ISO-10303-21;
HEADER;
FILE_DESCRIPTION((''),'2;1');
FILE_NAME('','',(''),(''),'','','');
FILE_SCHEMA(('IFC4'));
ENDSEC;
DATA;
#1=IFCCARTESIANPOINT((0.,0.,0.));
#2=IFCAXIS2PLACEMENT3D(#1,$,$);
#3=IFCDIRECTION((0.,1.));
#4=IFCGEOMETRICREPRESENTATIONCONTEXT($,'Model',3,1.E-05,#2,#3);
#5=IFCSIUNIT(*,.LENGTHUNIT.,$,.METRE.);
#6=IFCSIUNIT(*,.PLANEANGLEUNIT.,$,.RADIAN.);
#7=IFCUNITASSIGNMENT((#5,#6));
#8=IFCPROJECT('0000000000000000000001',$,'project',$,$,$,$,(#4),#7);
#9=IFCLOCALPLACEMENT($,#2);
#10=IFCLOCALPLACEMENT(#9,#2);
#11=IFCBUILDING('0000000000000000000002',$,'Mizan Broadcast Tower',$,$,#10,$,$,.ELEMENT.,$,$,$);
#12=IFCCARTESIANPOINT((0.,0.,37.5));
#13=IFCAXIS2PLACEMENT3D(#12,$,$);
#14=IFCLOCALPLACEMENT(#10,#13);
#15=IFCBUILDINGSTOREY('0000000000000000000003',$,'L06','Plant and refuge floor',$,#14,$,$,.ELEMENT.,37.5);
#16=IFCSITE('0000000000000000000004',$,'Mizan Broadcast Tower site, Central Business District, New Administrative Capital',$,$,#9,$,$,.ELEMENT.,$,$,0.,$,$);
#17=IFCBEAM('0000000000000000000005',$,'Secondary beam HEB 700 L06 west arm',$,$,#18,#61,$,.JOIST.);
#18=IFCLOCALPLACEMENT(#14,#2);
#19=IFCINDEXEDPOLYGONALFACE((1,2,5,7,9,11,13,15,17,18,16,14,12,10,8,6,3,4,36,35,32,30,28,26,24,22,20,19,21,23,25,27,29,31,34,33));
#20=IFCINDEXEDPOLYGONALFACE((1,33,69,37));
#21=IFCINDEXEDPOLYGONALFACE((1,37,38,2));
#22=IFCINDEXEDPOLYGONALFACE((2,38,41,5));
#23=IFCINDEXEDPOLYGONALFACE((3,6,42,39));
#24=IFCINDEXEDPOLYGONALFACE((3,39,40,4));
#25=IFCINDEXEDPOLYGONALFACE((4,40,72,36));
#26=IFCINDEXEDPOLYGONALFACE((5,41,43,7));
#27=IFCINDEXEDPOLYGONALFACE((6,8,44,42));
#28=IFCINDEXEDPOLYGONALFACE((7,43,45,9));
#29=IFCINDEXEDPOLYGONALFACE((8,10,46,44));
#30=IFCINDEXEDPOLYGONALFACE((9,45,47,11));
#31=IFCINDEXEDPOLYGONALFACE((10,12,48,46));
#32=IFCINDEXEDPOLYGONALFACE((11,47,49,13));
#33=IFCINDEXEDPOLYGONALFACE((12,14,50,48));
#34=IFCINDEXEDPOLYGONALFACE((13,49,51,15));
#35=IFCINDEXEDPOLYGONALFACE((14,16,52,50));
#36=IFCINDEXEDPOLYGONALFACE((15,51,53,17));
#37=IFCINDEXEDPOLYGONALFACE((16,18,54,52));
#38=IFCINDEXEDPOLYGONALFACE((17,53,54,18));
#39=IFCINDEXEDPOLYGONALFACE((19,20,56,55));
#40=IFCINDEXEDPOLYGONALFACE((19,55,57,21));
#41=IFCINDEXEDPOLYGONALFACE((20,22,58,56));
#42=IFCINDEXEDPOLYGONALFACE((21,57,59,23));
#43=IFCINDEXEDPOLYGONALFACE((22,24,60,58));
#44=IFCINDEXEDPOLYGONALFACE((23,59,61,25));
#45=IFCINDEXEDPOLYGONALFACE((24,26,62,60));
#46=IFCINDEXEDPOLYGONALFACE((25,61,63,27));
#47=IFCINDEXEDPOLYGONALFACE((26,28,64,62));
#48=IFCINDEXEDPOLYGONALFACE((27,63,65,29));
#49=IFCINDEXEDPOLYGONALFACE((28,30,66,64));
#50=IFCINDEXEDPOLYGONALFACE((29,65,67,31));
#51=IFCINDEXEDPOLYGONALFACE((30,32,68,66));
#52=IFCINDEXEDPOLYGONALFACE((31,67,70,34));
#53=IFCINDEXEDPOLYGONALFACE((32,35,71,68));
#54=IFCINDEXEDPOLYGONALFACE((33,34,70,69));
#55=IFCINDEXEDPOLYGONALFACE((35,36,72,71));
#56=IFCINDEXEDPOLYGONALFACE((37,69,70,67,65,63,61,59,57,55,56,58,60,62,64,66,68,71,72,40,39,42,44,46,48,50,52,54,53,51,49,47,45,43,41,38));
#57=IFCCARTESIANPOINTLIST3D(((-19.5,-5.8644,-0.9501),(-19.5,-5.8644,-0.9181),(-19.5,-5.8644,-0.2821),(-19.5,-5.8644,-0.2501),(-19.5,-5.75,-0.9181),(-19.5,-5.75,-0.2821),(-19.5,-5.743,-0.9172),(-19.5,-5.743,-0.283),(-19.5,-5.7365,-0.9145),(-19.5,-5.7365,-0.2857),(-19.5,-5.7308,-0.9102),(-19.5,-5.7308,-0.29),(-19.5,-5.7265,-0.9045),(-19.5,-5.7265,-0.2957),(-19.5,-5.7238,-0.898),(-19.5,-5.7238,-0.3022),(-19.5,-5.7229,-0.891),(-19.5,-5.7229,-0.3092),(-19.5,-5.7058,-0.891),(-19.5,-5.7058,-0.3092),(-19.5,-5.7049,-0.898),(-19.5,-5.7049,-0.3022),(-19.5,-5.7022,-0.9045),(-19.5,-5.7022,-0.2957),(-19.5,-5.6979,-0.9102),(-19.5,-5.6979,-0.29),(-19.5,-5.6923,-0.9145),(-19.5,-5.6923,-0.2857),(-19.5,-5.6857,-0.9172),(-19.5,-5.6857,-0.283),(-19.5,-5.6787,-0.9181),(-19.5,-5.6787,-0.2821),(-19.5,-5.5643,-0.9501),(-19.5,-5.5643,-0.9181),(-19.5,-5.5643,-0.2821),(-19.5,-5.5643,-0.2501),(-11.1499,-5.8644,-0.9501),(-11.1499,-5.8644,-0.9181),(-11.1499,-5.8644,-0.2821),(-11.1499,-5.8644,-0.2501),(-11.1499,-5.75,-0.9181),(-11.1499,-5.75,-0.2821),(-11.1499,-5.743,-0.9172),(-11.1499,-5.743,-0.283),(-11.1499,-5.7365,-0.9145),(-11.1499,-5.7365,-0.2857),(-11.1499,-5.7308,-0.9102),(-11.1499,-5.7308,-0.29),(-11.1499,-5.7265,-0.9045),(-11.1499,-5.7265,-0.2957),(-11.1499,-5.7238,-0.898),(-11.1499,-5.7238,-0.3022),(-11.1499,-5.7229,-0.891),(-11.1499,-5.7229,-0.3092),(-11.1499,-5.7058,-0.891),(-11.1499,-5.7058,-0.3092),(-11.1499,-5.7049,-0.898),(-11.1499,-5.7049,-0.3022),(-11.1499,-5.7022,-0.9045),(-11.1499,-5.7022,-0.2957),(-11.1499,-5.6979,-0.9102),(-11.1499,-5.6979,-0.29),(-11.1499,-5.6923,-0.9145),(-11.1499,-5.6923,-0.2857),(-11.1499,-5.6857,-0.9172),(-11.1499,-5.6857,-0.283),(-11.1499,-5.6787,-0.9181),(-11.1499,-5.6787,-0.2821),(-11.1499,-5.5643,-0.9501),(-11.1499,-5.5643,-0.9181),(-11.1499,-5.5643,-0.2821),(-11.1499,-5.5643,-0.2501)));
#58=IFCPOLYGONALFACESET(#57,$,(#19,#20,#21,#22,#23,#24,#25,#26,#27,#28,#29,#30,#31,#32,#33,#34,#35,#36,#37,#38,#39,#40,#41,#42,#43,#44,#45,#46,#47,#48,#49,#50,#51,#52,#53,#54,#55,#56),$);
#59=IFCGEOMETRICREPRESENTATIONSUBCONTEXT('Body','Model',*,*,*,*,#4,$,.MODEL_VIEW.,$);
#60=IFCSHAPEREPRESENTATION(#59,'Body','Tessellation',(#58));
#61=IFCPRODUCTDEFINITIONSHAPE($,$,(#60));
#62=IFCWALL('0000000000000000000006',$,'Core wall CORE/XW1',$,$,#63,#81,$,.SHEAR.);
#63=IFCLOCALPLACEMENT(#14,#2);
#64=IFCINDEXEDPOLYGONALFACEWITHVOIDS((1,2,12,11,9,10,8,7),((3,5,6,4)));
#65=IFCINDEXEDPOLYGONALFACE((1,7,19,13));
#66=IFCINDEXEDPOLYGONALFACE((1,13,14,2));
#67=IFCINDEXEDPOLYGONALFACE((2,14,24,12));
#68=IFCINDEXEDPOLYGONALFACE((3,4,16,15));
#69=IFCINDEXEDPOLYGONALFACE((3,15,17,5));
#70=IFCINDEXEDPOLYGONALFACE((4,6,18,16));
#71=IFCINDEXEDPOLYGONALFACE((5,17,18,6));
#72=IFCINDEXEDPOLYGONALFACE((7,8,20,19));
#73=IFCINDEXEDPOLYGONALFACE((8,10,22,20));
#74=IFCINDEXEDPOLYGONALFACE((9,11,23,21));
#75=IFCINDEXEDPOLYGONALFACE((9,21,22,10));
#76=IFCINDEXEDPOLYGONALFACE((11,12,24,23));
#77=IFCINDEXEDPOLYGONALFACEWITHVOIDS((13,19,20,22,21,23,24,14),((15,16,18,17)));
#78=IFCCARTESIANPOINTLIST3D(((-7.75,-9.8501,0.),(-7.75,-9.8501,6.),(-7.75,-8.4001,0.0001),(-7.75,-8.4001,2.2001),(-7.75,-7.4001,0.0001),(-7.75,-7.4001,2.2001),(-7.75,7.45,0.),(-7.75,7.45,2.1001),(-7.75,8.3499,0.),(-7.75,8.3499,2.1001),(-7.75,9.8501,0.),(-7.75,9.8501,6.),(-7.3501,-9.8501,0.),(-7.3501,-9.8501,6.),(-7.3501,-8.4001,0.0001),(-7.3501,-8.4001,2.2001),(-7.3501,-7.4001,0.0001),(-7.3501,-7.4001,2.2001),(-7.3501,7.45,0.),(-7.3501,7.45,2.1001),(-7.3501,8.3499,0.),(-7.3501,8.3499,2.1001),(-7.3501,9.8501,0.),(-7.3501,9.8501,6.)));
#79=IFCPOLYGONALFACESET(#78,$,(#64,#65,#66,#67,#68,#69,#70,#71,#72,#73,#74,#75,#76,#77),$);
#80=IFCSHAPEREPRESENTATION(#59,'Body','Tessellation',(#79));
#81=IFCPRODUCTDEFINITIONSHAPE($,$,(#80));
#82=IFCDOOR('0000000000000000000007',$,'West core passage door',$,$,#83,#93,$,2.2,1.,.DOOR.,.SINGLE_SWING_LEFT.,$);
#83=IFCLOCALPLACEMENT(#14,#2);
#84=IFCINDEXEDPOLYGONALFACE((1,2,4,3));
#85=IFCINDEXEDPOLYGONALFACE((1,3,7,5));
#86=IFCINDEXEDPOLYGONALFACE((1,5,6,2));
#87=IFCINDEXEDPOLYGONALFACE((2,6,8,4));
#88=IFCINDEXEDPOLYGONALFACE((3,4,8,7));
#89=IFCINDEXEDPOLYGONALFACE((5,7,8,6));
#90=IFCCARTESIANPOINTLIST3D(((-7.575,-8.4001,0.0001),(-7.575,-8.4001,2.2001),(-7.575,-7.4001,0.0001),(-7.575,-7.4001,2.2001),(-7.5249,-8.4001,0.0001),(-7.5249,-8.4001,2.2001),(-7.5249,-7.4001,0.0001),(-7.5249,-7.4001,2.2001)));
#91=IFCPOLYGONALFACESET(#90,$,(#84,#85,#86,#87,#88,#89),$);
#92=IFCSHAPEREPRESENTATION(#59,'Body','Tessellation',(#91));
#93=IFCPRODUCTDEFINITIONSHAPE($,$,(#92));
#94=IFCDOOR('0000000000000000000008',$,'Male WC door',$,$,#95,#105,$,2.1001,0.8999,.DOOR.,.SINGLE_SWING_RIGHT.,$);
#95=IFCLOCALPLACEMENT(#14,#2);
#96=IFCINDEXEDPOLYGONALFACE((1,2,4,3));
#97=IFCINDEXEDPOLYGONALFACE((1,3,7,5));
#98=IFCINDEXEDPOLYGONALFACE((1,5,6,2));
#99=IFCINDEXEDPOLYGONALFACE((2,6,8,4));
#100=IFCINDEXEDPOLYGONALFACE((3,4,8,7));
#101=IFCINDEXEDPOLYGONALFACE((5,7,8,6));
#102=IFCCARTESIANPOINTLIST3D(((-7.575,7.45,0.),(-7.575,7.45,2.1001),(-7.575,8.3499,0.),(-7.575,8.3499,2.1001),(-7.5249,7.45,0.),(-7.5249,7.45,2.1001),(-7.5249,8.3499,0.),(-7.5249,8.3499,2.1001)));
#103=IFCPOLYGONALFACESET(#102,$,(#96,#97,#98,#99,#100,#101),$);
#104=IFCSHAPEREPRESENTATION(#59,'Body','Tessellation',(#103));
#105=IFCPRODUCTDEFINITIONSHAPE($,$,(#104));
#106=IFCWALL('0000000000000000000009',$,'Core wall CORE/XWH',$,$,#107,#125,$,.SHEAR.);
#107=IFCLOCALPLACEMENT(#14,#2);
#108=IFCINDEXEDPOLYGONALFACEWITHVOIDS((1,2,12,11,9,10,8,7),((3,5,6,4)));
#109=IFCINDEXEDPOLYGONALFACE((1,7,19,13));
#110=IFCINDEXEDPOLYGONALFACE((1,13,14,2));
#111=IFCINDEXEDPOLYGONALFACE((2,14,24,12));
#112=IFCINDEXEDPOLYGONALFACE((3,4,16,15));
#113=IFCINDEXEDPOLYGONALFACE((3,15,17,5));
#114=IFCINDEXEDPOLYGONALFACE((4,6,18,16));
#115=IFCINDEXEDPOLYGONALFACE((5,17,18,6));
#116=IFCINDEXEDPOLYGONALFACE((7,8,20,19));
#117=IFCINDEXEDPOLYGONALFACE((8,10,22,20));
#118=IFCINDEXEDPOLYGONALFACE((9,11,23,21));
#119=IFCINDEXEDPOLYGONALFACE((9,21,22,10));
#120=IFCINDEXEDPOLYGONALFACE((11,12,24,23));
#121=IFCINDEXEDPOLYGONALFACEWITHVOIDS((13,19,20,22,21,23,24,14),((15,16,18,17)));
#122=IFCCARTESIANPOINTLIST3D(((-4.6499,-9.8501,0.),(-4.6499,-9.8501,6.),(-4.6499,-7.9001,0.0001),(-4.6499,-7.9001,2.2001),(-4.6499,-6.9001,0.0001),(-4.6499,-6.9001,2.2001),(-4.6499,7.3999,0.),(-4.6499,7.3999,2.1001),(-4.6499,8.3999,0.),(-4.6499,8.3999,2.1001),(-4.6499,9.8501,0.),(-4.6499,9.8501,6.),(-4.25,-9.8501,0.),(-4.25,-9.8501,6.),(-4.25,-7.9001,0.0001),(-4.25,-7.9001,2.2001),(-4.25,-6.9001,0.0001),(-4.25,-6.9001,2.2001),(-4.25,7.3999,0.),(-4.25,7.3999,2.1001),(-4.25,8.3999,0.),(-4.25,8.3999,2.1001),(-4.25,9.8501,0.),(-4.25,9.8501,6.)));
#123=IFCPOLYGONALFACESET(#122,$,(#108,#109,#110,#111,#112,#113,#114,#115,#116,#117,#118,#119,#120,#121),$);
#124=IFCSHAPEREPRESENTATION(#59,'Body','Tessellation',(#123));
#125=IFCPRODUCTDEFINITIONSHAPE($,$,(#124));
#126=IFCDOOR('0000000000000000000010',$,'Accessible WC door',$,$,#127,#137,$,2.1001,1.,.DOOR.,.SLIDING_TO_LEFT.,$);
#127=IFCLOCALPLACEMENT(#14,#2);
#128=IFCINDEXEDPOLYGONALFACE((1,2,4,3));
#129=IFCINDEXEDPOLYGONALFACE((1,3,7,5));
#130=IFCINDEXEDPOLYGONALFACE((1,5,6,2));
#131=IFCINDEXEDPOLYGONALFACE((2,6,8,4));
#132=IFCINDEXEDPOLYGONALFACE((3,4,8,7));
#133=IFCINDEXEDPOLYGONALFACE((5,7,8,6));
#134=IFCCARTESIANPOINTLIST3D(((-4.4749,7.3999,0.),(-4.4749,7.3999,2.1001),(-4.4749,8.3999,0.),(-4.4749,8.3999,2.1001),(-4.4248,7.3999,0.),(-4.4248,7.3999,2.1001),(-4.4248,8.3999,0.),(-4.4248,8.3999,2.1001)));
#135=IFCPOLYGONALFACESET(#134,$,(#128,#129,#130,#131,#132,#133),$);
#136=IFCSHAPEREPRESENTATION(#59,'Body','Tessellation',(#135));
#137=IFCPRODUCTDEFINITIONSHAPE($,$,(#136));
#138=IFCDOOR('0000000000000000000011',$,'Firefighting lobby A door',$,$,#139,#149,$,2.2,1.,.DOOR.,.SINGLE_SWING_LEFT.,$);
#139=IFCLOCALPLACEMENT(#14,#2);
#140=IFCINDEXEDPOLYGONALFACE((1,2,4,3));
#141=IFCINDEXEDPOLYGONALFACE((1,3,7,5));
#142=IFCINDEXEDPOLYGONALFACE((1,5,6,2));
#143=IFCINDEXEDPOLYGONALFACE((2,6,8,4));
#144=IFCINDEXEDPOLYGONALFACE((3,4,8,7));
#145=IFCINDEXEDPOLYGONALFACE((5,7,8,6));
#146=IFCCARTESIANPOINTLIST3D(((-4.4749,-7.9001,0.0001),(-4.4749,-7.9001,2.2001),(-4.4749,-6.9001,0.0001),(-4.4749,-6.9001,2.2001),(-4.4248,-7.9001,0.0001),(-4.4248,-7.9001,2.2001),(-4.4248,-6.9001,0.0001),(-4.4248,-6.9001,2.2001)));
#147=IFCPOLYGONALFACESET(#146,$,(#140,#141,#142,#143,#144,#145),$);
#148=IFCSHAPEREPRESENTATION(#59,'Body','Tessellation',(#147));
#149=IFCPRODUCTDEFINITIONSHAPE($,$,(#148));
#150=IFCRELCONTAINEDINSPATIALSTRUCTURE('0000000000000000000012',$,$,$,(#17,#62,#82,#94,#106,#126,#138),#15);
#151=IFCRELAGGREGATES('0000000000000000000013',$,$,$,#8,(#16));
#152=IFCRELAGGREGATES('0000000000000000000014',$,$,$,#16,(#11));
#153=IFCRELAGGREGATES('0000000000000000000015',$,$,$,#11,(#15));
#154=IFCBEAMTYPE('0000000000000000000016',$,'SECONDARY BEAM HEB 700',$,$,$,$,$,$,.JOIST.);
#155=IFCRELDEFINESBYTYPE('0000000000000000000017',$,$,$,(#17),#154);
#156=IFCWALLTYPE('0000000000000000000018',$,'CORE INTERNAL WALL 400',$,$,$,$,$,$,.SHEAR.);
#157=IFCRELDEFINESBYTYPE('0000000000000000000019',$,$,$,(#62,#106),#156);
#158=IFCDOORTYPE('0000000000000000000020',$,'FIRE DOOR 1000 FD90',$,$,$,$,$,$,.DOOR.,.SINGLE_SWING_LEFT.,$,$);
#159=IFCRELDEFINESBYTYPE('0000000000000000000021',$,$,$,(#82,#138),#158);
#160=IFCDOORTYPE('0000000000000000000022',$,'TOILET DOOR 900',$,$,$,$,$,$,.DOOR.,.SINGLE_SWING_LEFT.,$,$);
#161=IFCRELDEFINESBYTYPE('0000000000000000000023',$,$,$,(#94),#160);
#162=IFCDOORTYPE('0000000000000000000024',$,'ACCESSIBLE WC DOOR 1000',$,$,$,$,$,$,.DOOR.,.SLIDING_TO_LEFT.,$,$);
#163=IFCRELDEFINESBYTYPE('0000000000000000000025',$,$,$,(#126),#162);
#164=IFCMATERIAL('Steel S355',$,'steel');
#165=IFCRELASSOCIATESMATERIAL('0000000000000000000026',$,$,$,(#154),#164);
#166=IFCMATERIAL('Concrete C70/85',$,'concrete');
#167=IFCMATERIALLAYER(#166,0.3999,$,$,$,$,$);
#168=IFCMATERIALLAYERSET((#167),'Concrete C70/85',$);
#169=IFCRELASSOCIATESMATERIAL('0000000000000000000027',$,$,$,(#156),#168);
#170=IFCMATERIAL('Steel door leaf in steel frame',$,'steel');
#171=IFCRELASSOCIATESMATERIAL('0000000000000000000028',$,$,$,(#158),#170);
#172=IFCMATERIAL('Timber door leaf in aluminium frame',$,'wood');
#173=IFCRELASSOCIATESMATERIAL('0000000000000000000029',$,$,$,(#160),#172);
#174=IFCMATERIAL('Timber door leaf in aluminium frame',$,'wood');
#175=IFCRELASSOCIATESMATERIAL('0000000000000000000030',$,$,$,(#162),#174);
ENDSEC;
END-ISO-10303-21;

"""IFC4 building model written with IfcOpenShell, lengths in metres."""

from ifc_helpers import new_model, si_unit, direction, frame, frame_2d, origin, origin_2d, place, context, subcontext, project, spatial, rectangle, i_section, extrude, material, layer, layer_set, material_profile, profile_set, type_object, element, fill, save


model = new_model("IFC4")

# Units and contexts
model_context = context("Model", 3, precision=1e-05, world=origin(), true_north=direction((0.0, 1.0)))
body_context = subcontext(model_context, "Body", "Model", "MODEL_VIEW")
ifc_project = project(units=[si_unit("LENGTHUNIT", "METRE"), si_unit("PLANEANGLEUNIT", "RADIAN")], contexts=[model_context])

# Site, building, storey
site_placement = place(None, origin())
site = spatial("IfcSite", under=ifc_project, at=site_placement, Name="Mizan Broadcast Tower site, Central Business District, New Administrative Capital", CompositionType="ELEMENT", RefElevation=0.0)
building_placement = place(site_placement, origin())
building = spatial("IfcBuilding", under=site, at=building_placement, Name="Mizan Broadcast Tower", CompositionType="ELEMENT")
storey_placement = place(building_placement, frame((0.0, 0.0, 37.5)))
storey = spatial("IfcBuildingStorey", under=building, at=storey_placement, Name="L06", Description="Plant and refuge floor", CompositionType="ELEMENT", Elevation=37.5)

# Beam
ifc_material_1 = material(Name="Steel S355", Category="steel")
ifc_material_profile_1 = material_profile(ifc_material_1, i_section(OverallWidth=0.3, OverallDepth=0.7, WebThickness=0.0171, FlangeThickness=0.032, FilletRadius=0.0271, at=origin_2d()), Name="HEB 700")
ifc_profile_set_1 = profile_set([ifc_material_profile_1], Name="Steel S355")
beam_type_1 = type_object("IfcBeamType", Name="SECONDARY BEAM HEB 700", PredefinedType="JOIST", material=ifc_profile_set_1)
beam_placement = place(storey_placement, frame((-11.1499, -5.7144, -0.6001), z_axis=(-1.0, 0.0, 0.0), x_axis=(0.0, -1.0, 0.0)))
element("IfcBeam", 1, at=beam_placement, inside=storey, type_object=beam_type_1, Name="Secondary beam HEB 700 L06 west arm", PredefinedType="JOIST", context=body_context, shape_type="SweptSolid", body=[
    extrude(i_section(OverallWidth=0.3, OverallDepth=0.7, WebThickness=0.0171, FlangeThickness=0.032, FilletRadius=0.0271, at=origin_2d()), origin(), (0.0, 0.0, 1.0), 8.3501),
])

# Walls, openings, doors
ifc_material_2 = material(Name="Concrete C70/85", Category="concrete")
ifc_layer_1 = layer(ifc_material_2, 0.3999)
ifc_layer_set_1 = layer_set([ifc_layer_1], Name="Concrete C70/85")
wall_type_1 = type_object("IfcWallType", Name="CORE INTERNAL WALL 400", PredefinedType="SHEAR", material=ifc_layer_set_1)
wall_1_placement = place(storey_placement, frame((-7.55, -9.8501, 0.0), z_axis=(0.0, 0.0, 1.0), x_axis=(0.0, 1.0, 0.0)))
wall_1 = element("IfcWall", 2, at=wall_1_placement, inside=storey, type_object=wall_type_1, Name="Core wall CORE/XW1", PredefinedType="SHEAR", context=body_context, shape_type="SweptSolid", body=[
    extrude(rectangle(XDim=19.7002, YDim=0.3999, at=frame_2d((9.8501, 0.0))), origin(), (0.0, 0.0, 1.0), 6.0),
])
opening_1_placement = place(wall_1_placement, frame((1.45, 0.0, 0.0)))
opening_1 = element("IfcOpeningElement", 3, at=opening_1_placement, cuts=wall_1, PredefinedType="OPENING", context=body_context, shape_type="SweptSolid", body=[
    extrude(rectangle(XDim=1.0, YDim=2.2, at=frame_2d((0.5, 1.1001))), frame((0.0, 0.21, 0.0), z_axis=(0.0, -1.0, 0.0), x_axis=(1.0, 0.0, 0.0)), (0.0, 0.0, 1.0), 0.4199),
])
opening_2_placement = place(wall_1_placement, frame((17.3, 0.0, 0.0)))
opening_2 = element("IfcOpeningElement", 4, at=opening_2_placement, cuts=wall_1, PredefinedType="OPENING", context=body_context, shape_type="SweptSolid", body=[
    extrude(rectangle(XDim=0.8999, YDim=2.1001, at=frame_2d((0.45, 1.05))), frame((0.0, 0.21, 0.0), z_axis=(0.0, -1.0, 0.0), x_axis=(1.0, 0.0, 0.0)), (0.0, 0.0, 1.0), 0.4199),
])
ifc_material_3 = material(Name="Steel door leaf in steel frame", Category="steel")
door_type_1 = type_object("IfcDoorType", Name="FIRE DOOR 1000 FD90", OperationType="SINGLE_SWING_LEFT", PredefinedType="DOOR", material=ifc_material_3)
door_1_placement = place(opening_1_placement, origin())
door_1 = element("IfcDoor", 5, at=door_1_placement, inside=storey, type_object=door_type_1, Name="West core passage door", OperationType="SINGLE_SWING_LEFT", OverallHeight=2.2, OverallWidth=1.0, PredefinedType="DOOR", context=body_context, shape_type="SweptSolid", body=[
    extrude(rectangle(XDim=1.0, YDim=2.2, at=frame_2d((0.5, 1.1001))), frame((0.0, 0.0249, 0.0), z_axis=(0.0, -1.0, 0.0), x_axis=(1.0, 0.0, 0.0)), (0.0, 0.0, 1.0), 0.05),
])
fill(opening_1, door_1)
ifc_material_4 = material(Name="Timber door leaf in aluminium frame", Category="wood")
door_type_2 = type_object("IfcDoorType", Name="TOILET DOOR 900", OperationType="SINGLE_SWING_LEFT", PredefinedType="DOOR", material=ifc_material_4)
door_2_placement = place(opening_2_placement, origin())
door_2 = element("IfcDoor", 6, at=door_2_placement, inside=storey, type_object=door_type_2, Name="Male WC door", OperationType="SINGLE_SWING_RIGHT", OverallHeight=2.1001, OverallWidth=0.8999, PredefinedType="DOOR", context=body_context, shape_type="SweptSolid", body=[
    extrude(rectangle(XDim=0.8999, YDim=2.1001, at=frame_2d((0.45, 1.05))), frame((0.0, 0.0249, 0.0), z_axis=(0.0, -1.0, 0.0), x_axis=(1.0, 0.0, 0.0)), (0.0, 0.0, 1.0), 0.05),
])
fill(opening_2, door_2)
wall_2_placement = place(storey_placement, frame((-4.45, -9.8501, 0.0), z_axis=(0.0, 0.0, 1.0), x_axis=(0.0, 1.0, 0.0)))
wall_2 = element("IfcWall", 7, at=wall_2_placement, inside=storey, type_object=wall_type_1, Name="Core wall CORE/XWH", PredefinedType="SHEAR", context=body_context, shape_type="SweptSolid", body=[
    extrude(rectangle(XDim=19.7002, YDim=0.3999, at=frame_2d((9.8501, 0.0))), origin(), (0.0, 0.0, 1.0), 6.0),
])
opening_3_placement = place(wall_2_placement, frame((1.95, 0.0, 0.0)))
opening_3 = element("IfcOpeningElement", 8, at=opening_3_placement, cuts=wall_2, PredefinedType="OPENING", context=body_context, shape_type="SweptSolid", body=[
    extrude(rectangle(XDim=1.0, YDim=2.2, at=frame_2d((0.5, 1.1001))), frame((0.0, 0.21, 0.0), z_axis=(0.0, -1.0, 0.0), x_axis=(1.0, 0.0, 0.0)), (0.0, 0.0, 1.0), 0.4199),
])
opening_4_placement = place(wall_2_placement, frame((17.25, 0.0, 0.0)))
opening_4 = element("IfcOpeningElement", 9, at=opening_4_placement, cuts=wall_2, PredefinedType="OPENING", context=body_context, shape_type="SweptSolid", body=[
    extrude(rectangle(XDim=1.0, YDim=2.1001, at=frame_2d((0.5, 1.05))), frame((0.0, 0.21, 0.0), z_axis=(0.0, -1.0, 0.0), x_axis=(1.0, 0.0, 0.0)), (0.0, 0.0, 1.0), 0.4199),
])
ifc_material_5 = material(Name="Timber door leaf in aluminium frame", Category="wood")
door_type_3 = type_object("IfcDoorType", Name="ACCESSIBLE WC DOOR 1000", OperationType="SLIDING_TO_LEFT", PredefinedType="DOOR", material=ifc_material_5)
door_3_placement = place(opening_4_placement, origin())
door_3 = element("IfcDoor", 10, at=door_3_placement, inside=storey, type_object=door_type_3, Name="Accessible WC door", OperationType="SLIDING_TO_LEFT", OverallHeight=2.1001, OverallWidth=1.0, PredefinedType="DOOR", context=body_context, shape_type="SweptSolid", body=[
    extrude(rectangle(XDim=1.0, YDim=2.1001, at=frame_2d((0.5, 1.05))), frame((0.0, 0.0249, 0.0), z_axis=(0.0, -1.0, 0.0), x_axis=(1.0, 0.0, 0.0)), (0.0, 0.0, 1.0), 0.05),
])
fill(opening_4, door_3)
door_4_placement = place(opening_3_placement, origin())
door_4 = element("IfcDoor", 11, at=door_4_placement, inside=storey, type_object=door_type_1, Name="Firefighting lobby A door", OperationType="SINGLE_SWING_LEFT", OverallHeight=2.2, OverallWidth=1.0, PredefinedType="DOOR", context=body_context, shape_type="SweptSolid", body=[
    extrude(rectangle(XDim=1.0, YDim=2.2, at=frame_2d((0.5, 1.1001))), frame((0.0, 0.0249, 0.0), z_axis=(0.0, -1.0, 0.0), x_axis=(1.0, 0.0, 0.0)), (0.0, 0.0, 1.0), 0.05),
])
fill(opening_3, door_4)

save(model, "model.ifc")
